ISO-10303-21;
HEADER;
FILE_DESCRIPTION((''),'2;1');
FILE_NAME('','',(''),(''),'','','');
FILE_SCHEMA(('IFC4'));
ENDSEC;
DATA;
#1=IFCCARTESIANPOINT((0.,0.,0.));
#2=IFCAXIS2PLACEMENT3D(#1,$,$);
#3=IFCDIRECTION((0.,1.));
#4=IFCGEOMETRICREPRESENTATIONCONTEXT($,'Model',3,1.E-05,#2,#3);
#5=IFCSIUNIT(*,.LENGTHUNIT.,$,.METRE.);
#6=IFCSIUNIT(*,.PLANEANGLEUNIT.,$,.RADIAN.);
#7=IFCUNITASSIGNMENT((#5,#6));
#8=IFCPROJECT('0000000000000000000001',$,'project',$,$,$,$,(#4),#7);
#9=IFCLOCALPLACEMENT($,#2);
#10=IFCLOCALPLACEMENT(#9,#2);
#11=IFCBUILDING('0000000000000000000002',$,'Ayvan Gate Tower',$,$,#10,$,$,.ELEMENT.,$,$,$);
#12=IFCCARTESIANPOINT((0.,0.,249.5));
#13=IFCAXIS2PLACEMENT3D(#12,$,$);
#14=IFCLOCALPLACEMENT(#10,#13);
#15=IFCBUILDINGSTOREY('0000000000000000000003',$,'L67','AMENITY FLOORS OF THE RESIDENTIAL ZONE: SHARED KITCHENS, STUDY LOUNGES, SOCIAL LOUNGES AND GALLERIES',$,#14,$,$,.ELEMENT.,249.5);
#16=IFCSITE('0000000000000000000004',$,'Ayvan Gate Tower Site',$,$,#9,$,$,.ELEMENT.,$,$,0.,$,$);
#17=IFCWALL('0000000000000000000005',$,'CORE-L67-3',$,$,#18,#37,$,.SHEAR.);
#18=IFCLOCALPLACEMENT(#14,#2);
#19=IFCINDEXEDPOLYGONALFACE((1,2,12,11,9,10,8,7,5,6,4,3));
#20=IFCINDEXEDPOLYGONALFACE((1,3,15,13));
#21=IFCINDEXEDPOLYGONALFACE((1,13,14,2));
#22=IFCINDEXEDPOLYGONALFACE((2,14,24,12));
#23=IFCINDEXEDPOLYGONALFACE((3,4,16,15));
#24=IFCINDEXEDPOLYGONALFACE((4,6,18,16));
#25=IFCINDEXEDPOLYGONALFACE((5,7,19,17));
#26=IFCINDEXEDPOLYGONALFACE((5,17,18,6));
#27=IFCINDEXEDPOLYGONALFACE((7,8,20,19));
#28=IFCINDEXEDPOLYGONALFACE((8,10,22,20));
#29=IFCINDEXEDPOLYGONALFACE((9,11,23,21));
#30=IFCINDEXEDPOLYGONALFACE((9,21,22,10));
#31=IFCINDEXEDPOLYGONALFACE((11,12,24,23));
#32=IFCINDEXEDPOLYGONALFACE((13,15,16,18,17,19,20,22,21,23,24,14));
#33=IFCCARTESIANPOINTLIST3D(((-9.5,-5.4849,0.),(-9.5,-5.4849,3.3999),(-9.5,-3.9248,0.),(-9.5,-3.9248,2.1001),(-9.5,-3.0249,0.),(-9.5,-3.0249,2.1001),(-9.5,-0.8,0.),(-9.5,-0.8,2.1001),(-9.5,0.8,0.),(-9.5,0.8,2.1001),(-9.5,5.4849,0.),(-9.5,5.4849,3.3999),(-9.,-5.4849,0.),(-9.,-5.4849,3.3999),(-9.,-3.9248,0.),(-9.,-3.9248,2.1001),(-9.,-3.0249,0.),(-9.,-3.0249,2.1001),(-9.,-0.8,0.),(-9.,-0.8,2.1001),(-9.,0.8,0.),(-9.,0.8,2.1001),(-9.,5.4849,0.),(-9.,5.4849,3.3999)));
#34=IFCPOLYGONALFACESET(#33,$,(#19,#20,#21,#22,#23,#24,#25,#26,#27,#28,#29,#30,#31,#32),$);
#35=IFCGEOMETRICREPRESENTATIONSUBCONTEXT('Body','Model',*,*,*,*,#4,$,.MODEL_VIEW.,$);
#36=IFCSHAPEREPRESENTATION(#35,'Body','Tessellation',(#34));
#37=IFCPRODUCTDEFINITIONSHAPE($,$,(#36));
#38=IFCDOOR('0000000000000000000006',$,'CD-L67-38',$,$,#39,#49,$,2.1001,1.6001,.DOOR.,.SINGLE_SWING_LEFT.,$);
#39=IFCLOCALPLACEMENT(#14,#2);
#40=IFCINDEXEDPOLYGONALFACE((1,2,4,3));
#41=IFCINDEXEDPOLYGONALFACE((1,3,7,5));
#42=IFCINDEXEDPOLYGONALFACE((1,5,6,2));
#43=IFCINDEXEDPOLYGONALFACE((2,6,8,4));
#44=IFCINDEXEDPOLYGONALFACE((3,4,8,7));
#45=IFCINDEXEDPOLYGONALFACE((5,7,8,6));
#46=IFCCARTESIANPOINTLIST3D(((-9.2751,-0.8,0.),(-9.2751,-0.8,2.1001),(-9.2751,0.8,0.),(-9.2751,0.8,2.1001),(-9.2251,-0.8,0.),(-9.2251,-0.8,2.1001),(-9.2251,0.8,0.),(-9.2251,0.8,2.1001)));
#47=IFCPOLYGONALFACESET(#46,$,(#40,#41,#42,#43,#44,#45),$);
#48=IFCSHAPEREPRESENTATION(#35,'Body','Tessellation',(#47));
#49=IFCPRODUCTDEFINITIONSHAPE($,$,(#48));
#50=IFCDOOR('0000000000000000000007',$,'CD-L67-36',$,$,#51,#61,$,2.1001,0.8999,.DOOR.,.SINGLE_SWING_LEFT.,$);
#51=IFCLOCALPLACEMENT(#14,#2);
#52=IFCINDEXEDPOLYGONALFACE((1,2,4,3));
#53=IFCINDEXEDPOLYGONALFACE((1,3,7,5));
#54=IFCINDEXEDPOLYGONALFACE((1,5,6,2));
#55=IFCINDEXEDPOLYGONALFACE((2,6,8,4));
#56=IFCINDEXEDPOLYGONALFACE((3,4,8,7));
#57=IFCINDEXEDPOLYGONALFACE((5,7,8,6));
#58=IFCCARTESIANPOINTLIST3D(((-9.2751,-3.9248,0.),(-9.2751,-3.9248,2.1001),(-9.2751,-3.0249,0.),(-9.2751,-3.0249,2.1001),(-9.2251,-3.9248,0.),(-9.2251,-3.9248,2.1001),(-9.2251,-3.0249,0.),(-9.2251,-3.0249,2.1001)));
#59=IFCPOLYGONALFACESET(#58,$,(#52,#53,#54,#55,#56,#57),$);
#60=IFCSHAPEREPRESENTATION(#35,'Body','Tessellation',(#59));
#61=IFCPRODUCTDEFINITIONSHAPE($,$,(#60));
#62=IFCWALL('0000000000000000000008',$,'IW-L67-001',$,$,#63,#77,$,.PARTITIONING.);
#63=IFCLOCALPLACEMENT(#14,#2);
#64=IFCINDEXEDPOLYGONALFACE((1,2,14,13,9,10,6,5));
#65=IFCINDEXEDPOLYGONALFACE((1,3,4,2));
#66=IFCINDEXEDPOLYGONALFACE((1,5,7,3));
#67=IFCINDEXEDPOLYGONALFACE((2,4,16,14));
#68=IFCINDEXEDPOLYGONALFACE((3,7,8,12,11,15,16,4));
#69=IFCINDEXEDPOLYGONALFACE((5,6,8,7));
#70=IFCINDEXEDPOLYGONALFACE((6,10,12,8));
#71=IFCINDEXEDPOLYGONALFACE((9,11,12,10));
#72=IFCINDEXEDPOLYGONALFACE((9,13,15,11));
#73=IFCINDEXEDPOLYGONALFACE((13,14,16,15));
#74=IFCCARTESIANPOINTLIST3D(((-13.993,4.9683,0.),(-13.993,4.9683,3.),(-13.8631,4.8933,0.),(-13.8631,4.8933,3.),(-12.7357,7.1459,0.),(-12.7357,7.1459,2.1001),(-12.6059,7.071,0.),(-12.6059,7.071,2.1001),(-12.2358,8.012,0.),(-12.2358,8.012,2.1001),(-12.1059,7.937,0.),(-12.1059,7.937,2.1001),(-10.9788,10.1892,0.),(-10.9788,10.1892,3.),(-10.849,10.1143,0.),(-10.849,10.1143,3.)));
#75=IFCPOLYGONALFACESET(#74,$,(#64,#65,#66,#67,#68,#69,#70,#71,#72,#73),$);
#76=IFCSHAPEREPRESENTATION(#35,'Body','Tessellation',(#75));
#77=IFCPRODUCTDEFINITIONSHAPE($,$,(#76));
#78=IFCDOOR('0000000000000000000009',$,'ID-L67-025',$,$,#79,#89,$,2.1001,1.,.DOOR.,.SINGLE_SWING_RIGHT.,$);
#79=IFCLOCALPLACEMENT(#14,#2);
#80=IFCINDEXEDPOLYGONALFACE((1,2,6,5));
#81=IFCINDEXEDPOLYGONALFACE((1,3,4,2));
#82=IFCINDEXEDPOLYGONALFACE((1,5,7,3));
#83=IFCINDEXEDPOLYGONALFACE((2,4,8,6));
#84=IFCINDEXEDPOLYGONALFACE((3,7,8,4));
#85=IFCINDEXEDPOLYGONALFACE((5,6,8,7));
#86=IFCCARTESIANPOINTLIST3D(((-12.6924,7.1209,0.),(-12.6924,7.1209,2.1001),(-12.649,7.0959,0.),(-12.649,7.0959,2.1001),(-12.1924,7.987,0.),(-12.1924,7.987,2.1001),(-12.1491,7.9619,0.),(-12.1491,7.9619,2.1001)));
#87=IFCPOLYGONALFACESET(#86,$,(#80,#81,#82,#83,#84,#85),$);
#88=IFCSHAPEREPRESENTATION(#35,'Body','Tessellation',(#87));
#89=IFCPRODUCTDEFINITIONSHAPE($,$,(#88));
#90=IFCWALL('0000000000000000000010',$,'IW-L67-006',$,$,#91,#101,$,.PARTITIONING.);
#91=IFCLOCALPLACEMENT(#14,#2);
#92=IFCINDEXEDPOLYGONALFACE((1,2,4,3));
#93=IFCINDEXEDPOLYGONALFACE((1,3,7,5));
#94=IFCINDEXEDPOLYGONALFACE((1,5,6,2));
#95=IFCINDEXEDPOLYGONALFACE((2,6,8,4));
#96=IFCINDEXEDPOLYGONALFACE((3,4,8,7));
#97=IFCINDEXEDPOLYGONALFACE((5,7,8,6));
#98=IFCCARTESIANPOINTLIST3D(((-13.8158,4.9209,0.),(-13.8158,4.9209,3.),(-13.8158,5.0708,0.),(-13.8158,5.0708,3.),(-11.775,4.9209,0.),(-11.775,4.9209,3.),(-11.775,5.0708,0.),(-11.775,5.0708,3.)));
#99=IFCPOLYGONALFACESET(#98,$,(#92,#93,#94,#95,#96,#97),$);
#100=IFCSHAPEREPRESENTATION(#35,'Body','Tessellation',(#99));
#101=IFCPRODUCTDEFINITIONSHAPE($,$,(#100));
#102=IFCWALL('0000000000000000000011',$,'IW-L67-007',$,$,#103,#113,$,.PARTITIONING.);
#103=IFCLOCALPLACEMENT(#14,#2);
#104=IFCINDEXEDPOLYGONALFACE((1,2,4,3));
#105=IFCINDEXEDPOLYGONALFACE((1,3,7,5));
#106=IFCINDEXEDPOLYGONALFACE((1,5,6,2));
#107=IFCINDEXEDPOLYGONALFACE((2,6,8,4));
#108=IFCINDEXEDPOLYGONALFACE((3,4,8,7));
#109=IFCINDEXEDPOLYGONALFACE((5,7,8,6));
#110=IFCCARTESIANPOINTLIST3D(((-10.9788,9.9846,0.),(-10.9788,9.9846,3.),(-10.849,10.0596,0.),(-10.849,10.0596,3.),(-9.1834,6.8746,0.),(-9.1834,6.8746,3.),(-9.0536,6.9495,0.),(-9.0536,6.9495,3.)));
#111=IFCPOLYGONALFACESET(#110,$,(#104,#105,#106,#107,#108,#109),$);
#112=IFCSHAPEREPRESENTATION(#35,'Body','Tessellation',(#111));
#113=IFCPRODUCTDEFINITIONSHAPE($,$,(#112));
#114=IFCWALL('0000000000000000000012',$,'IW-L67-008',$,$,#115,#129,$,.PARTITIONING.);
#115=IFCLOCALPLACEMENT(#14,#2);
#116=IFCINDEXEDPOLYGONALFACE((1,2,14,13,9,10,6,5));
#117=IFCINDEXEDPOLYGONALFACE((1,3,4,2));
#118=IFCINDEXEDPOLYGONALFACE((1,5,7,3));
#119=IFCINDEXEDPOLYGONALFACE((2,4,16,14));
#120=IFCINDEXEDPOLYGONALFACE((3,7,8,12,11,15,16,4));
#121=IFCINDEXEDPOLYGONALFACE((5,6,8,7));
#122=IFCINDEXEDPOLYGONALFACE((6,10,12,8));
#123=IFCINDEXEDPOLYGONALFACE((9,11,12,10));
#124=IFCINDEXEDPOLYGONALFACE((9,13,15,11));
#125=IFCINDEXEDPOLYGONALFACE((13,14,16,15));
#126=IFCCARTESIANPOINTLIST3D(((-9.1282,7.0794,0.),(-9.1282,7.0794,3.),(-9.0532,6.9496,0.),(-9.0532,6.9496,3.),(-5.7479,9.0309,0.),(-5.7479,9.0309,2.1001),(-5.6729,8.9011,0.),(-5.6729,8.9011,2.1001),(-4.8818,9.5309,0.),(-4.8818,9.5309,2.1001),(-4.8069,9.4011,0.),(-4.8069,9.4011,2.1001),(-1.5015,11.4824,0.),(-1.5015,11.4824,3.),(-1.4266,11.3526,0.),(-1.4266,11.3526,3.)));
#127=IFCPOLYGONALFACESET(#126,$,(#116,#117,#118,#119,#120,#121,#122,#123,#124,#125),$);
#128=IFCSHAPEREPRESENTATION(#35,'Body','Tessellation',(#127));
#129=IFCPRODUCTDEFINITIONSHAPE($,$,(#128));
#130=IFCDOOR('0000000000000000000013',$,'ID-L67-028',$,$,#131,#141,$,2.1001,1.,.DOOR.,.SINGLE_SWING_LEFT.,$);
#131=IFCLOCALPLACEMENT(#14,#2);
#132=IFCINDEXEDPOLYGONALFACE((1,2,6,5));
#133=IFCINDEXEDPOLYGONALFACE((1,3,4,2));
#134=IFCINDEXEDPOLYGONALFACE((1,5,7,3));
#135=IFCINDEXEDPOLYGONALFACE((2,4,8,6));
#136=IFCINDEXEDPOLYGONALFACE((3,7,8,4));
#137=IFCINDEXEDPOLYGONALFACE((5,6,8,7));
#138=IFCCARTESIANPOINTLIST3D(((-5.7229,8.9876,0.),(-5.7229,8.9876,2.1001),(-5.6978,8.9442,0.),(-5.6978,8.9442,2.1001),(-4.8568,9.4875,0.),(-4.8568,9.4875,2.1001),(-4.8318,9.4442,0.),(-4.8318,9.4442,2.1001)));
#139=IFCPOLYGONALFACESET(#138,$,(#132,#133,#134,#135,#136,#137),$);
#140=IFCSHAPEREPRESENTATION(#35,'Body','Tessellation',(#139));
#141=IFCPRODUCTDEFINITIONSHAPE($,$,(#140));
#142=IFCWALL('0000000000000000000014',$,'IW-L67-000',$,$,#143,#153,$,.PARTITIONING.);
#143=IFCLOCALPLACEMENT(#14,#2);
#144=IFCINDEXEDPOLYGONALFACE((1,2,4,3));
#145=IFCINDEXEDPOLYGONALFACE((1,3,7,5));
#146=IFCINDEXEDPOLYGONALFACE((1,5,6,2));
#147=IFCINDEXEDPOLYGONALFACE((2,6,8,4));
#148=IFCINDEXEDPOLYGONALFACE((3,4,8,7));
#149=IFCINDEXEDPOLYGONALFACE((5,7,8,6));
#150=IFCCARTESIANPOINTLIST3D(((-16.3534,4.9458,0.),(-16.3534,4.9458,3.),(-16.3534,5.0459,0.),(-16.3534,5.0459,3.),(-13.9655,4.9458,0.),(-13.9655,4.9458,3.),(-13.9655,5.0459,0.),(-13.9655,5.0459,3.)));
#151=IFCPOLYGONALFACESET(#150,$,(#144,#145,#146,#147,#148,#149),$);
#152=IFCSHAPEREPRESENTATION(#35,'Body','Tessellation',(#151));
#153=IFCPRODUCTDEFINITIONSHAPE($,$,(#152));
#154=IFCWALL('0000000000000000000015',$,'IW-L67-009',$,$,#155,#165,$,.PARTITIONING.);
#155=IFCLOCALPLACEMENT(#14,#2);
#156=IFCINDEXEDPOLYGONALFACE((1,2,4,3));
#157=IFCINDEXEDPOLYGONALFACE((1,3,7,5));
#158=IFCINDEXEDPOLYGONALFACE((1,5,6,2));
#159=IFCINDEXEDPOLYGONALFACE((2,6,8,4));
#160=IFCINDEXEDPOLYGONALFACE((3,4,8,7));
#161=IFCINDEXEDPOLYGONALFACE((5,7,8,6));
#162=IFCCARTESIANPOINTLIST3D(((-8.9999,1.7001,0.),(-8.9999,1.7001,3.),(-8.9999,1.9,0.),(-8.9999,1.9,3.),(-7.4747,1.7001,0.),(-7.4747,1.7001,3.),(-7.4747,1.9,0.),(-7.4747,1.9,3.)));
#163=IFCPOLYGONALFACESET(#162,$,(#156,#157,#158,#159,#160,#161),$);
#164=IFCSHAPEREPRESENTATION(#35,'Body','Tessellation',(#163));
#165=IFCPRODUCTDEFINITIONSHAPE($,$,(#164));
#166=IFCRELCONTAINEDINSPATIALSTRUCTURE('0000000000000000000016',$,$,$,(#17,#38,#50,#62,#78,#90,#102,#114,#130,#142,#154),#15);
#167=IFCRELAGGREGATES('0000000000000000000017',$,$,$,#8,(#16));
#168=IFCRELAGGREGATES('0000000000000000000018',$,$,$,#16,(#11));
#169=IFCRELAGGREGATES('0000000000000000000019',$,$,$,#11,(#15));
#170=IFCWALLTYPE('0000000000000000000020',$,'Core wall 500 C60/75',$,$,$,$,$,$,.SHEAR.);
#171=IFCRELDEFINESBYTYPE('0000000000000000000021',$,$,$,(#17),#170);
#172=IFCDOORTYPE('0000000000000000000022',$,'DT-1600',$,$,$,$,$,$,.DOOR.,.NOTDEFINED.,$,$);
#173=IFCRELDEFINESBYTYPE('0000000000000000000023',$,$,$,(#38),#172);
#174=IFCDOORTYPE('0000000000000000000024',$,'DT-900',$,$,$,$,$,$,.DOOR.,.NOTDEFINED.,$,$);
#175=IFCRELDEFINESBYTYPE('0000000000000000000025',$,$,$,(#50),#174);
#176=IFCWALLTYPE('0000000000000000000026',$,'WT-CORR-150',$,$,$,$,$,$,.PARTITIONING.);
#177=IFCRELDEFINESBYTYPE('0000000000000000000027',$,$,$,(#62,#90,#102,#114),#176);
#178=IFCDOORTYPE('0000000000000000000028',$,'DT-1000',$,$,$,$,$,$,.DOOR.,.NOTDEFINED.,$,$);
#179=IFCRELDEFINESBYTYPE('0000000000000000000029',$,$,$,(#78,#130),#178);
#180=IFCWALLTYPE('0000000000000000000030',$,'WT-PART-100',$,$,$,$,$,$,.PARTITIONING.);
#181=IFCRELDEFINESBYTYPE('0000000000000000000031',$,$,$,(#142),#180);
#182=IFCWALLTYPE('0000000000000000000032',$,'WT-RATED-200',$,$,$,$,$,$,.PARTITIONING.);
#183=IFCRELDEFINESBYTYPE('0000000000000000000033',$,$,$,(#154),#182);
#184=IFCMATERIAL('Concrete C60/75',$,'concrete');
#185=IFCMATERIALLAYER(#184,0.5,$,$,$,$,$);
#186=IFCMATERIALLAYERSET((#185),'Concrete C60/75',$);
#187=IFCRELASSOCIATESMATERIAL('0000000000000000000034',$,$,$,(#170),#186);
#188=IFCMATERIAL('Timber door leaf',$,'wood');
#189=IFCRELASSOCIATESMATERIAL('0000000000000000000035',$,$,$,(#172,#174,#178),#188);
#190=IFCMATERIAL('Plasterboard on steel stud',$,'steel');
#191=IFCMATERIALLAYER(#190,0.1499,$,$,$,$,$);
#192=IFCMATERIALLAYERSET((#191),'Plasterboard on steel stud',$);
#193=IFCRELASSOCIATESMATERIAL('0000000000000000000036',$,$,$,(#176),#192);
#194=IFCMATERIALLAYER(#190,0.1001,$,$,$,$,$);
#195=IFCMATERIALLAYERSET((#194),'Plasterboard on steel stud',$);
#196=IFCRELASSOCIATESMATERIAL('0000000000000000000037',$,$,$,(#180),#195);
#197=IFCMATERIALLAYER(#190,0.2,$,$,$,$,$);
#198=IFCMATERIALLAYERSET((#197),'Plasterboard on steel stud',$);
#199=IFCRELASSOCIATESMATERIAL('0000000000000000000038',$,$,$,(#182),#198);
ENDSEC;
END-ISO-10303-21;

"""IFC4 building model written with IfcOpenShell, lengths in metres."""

from ifc_helpers import new_model, si_unit, direction, frame, frame_2d, origin, place, context, subcontext, project, spatial, rectangle, extrude, material, layer, layer_set, type_object, element, fill, save


model = new_model("IFC4")

# Units and contexts
model_context = context("Model", 3, precision=1e-05, world=origin(), true_north=direction((0.0, 1.0)))
body_context = subcontext(model_context, "Body", "Model", "MODEL_VIEW")
ifc_project = project(units=[si_unit("LENGTHUNIT", "METRE"), si_unit("PLANEANGLEUNIT", "RADIAN")], contexts=[model_context])

# Site, building, storey
site_placement = place(None, origin())
site = spatial("IfcSite", under=ifc_project, at=site_placement, Name="Ayvan Gate Tower Site", CompositionType="ELEMENT", RefElevation=0.0)
building_placement = place(site_placement, origin())
building = spatial("IfcBuilding", under=site, at=building_placement, Name="Ayvan Gate Tower", CompositionType="ELEMENT")
storey_placement = place(building_placement, frame((0.0, 0.0, 249.5)))
storey = spatial("IfcBuildingStorey", under=building, at=storey_placement, Name="L67", Description="AMENITY FLOORS OF THE RESIDENTIAL ZONE: SHARED KITCHENS, STUDY LOUNGES, SOCIAL LOUNGES AND GALLERIES", CompositionType="ELEMENT", Elevation=249.5)

# Wall, openings, doors
ifc_material_1 = material(Name="Concrete C60/75", Category="concrete")
ifc_layer_1 = layer(ifc_material_1, 0.5)
ifc_layer_set_1 = layer_set([ifc_layer_1], Name="Concrete C60/75")
wall_type_1 = type_object("IfcWallType", Name="Core wall 500 C60/75", PredefinedType="SHEAR", material=ifc_layer_set_1)
wall_1_placement = place(storey_placement, frame((-9.25, 5.4849, 0.0), z_axis=(0.0, 0.0, 1.0), x_axis=(0.0, -1.0, 0.0)))
wall_1 = element("IfcWall", 1, at=wall_1_placement, inside=storey, type_object=wall_type_1, Name="CORE-L67-3", PredefinedType="SHEAR", context=body_context, shape_type="SweptSolid", body=[
    extrude(rectangle(XDim=10.9697, YDim=0.5, at=frame_2d((5.4849, 0.0))), origin(), (0.0, 0.0, 1.0), 3.3999),
])
opening_1_placement = place(wall_1_placement, frame((8.5098, 0.0, 0.0)))
opening_1 = element("IfcOpeningElement", 2, at=opening_1_placement, cuts=wall_1, PredefinedType="OPENING", context=body_context, shape_type="SweptSolid", body=[
    extrude(rectangle(XDim=0.8999, YDim=2.1001, at=frame_2d((0.45, 1.05))), frame((0.0, 0.26, 0.0), z_axis=(0.0, -1.0, 0.0), x_axis=(1.0, 0.0, 0.0)), (0.0, 0.0, 1.0), 0.52),
])
opening_2_placement = place(wall_1_placement, frame((4.6848, 0.0, 0.0)))
opening_2 = element("IfcOpeningElement", 3, at=opening_2_placement, cuts=wall_1, PredefinedType="OPENING", context=body_context, shape_type="SweptSolid", body=[
    extrude(rectangle(XDim=1.6001, YDim=2.1001, at=frame_2d((0.8, 1.05))), frame((0.0, 0.26, 0.0), z_axis=(0.0, -1.0, 0.0), x_axis=(1.0, 0.0, 0.0)), (0.0, 0.0, 1.0), 0.52),
])
ifc_material_2 = material(Name="Timber door leaf", Category="wood")
door_type_1 = type_object("IfcDoorType", Name="DT-1600", OperationType="NOTDEFINED", PredefinedType="DOOR", material=ifc_material_2)
door_1_placement = place(opening_2_placement, origin())
door_1 = element("IfcDoor", 4, at=door_1_placement, inside=storey, type_object=door_type_1, Name="CD-L67-38", OperationType="SINGLE_SWING_LEFT", OverallHeight=2.1001, OverallWidth=1.6001, PredefinedType="DOOR", context=body_context, shape_type="SweptSolid", body=[
    extrude(rectangle(XDim=1.6001, YDim=2.1001, at=frame_2d((0.8, 1.05))), frame((0.0, 0.0249, 0.0), z_axis=(0.0, -1.0, 0.0), x_axis=(1.0, 0.0, 0.0)), (0.0, 0.0, 1.0), 0.05),
])
fill(opening_2, door_1)
door_type_2 = type_object("IfcDoorType", Name="DT-900", OperationType="NOTDEFINED", PredefinedType="DOOR", material=ifc_material_2)
door_2_placement = place(opening_1_placement, origin())
door_2 = element("IfcDoor", 5, at=door_2_placement, inside=storey, type_object=door_type_2, Name="CD-L67-36", OperationType="SINGLE_SWING_LEFT", OverallHeight=2.1001, OverallWidth=0.8999, PredefinedType="DOOR", context=body_context, shape_type="SweptSolid", body=[
    extrude(rectangle(XDim=0.8999, YDim=2.1001, at=frame_2d((0.45, 1.05))), frame((0.0, 0.0249, 0.0), z_axis=(0.0, -1.0, 0.0), x_axis=(1.0, 0.0, 0.0)), (0.0, 0.0, 1.0), 0.05),
])
fill(opening_1, door_2)

# Wall, opening, door
ifc_material_3 = material(Name="Plasterboard on steel stud", Category="steel")
ifc_layer_2 = layer(ifc_material_3, 0.1499)
ifc_layer_set_2 = layer_set([ifc_layer_2], Name="Plasterboard on steel stud")
wall_type_2 = type_object("IfcWallType", Name="WT-CORR-150", PredefinedType="PARTITIONING", material=ifc_layer_set_2)
wall_2_placement = place(storey_placement, frame((-13.928, 4.9309, 0.0), z_axis=(0.0, 0.0, 1.0), x_axis=(0.499981, 0.866037, 0.0)))
wall_2 = element("IfcWall", 6, at=wall_2_placement, inside=storey, type_object=wall_type_2, Name="IW-L67-001", PredefinedType="PARTITIONING", context=body_context, shape_type="SweptSolid", body=[
    extrude(rectangle(XDim=6.0286, YDim=0.1499, at=frame_2d((3.0142, 0.0))), origin(), (0.0, 0.0, 1.0), 3.0),
])
opening_3_placement = place(wall_2_placement, frame((2.5144, 0.0, 0.0)))
opening_3 = element("IfcOpeningElement", 7, at=opening_3_placement, cuts=wall_2, PredefinedType="OPENING", context=body_context, shape_type="SweptSolid", body=[
    extrude(rectangle(XDim=1.0, YDim=2.1001, at=frame_2d((0.5, 1.05))), frame((0.0, 0.085, 0.0), z_axis=(0.0, -1.0, 0.0), x_axis=(1.0, 0.0, 0.0)), (0.0, 0.0, 1.0), 0.1699),
])
door_type_3 = type_object("IfcDoorType", Name="DT-1000", OperationType="NOTDEFINED", PredefinedType="DOOR", material=ifc_material_2)
door_3_placement = place(opening_3_placement, origin())
door_3 = element("IfcDoor", 8, at=door_3_placement, inside=storey, type_object=door_type_3, Name="ID-L67-025", OperationType="SINGLE_SWING_RIGHT", OverallHeight=2.1001, OverallWidth=1.0, PredefinedType="DOOR", context=body_context, shape_type="SweptSolid", body=[
    extrude(rectangle(XDim=1.0, YDim=2.1001, at=frame_2d((0.5, 1.05))), frame((0.0, 0.0249, 0.0), z_axis=(0.0, -1.0, 0.0), x_axis=(1.0, 0.0, 0.0)), (0.0, 0.0, 1.0), 0.05),
])
fill(opening_3, door_3)

# Walls
wall_3_placement = place(storey_placement, frame((-11.7749, 4.9958, 0.0), z_axis=(0.0, 0.0, 1.0), x_axis=(-1.0, 0.0, 0.0)))
element("IfcWall", 9, at=wall_3_placement, inside=storey, type_object=wall_type_2, Name="IW-L67-006", PredefinedType="PARTITIONING", context=body_context, shape_type="SweptSolid", body=[
    extrude(rectangle(XDim=2.0408, YDim=0.1499, at=frame_2d((1.0205, 0.0))), origin(), (0.0, 0.0, 1.0), 3.0),
])
wall_4_placement = place(storey_placement, frame((-10.9138, 10.022, 0.0), z_axis=(0.0, 0.0, 1.0), x_axis=(0.499956, -0.866051, 0.0)))
element("IfcWall", 10, at=wall_4_placement, inside=storey, type_object=wall_type_2, Name="IW-L67-007", PredefinedType="PARTITIONING", context=body_context, shape_type="SweptSolid", body=[
    extrude(rectangle(XDim=3.5911, YDim=0.1499, at=frame_2d((1.7954, 0.0))), origin(), (0.0, 0.0, 1.0), 3.0),
])

# Wall, opening, door
wall_5_placement = place(storey_placement, frame((-9.0908, 7.0144, 0.0), z_axis=(0.0, 0.0, 1.0), x_axis=(0.866036, 0.499982, 0.0)))
wall_5 = element("IfcWall", 11, at=wall_5_placement, inside=storey, type_object=wall_type_2, Name="IW-L67-008", PredefinedType="PARTITIONING", context=body_context, shape_type="SweptSolid", body=[
    extrude(rectangle(XDim=8.8064, YDim=0.1499, at=frame_2d((4.4033, 0.0))), origin(), (0.0, 0.0, 1.0), 3.0),
])
opening_4_placement = place(wall_5_placement, frame((3.9033, 0.0, 0.0)))
opening_4 = element("IfcOpeningElement", 12, at=opening_4_placement, cuts=wall_5, PredefinedType="OPENING", context=body_context, shape_type="SweptSolid", body=[
    extrude(rectangle(XDim=1.0, YDim=2.1001, at=frame_2d((0.5, 1.05))), frame((0.0, 0.085, 0.0), z_axis=(0.0, -1.0, 0.0), x_axis=(1.0, 0.0, 0.0)), (0.0, 0.0, 1.0), 0.1699),
])
door_4_placement = place(opening_4_placement, origin())
door_4 = element("IfcDoor", 13, at=door_4_placement, inside=storey, type_object=door_type_3, Name="ID-L67-028", OperationType="SINGLE_SWING_LEFT", OverallHeight=2.1001, OverallWidth=1.0, PredefinedType="DOOR", context=body_context, shape_type="SweptSolid", body=[
    extrude(rectangle(XDim=1.0, YDim=2.1001, at=frame_2d((0.5, 1.05))), frame((0.0, 0.0249, 0.0), z_axis=(0.0, -1.0, 0.0), x_axis=(1.0, 0.0, 0.0)), (0.0, 0.0, 1.0), 0.05),
])
fill(opening_4, door_4)

# Walls
ifc_layer_3 = layer(ifc_material_3, 0.1001)
ifc_layer_set_3 = layer_set([ifc_layer_3], Name="Plasterboard on steel stud")
wall_type_3 = type_object("IfcWallType", Name="WT-PART-100", PredefinedType="PARTITIONING", material=ifc_layer_set_3)
wall_6_placement = place(storey_placement, frame((-13.9656, 4.9958, 0.0), z_axis=(0.0, 0.0, 1.0), x_axis=(-1.0, 0.0, 0.0)))
element("IfcWall", 14, at=wall_6_placement, inside=storey, type_object=wall_type_3, Name="IW-L67-000", PredefinedType="PARTITIONING", context=body_context, shape_type="SweptSolid", body=[
    extrude(rectangle(XDim=2.3879, YDim=0.1001, at=frame_2d((1.1938, 0.0))), origin(), (0.0, 0.0, 1.0), 3.0),
])
ifc_layer_4 = layer(ifc_material_3, 0.2)
ifc_layer_set_4 = layer_set([ifc_layer_4], Name="Plasterboard on steel stud")
wall_type_4 = type_object("IfcWallType", Name="WT-RATED-200", PredefinedType="PARTITIONING", material=ifc_layer_set_4)
wall_7_placement = place(storey_placement, frame((-9.0, 1.8, 0.0), z_axis=(0.0, 0.0, 1.0), x_axis=(1.0, 0.0, 0.0)))
element("IfcWall", 15, at=wall_7_placement, inside=storey, type_object=wall_type_4, Name="IW-L67-009", PredefinedType="PARTITIONING", context=body_context, shape_type="SweptSolid", body=[
    extrude(rectangle(XDim=1.5251, YDim=0.2, at=frame_2d((0.7627, 0.0))), origin(), (0.0, 0.0, 1.0), 3.0),
])

save(model, "model.ifc")
